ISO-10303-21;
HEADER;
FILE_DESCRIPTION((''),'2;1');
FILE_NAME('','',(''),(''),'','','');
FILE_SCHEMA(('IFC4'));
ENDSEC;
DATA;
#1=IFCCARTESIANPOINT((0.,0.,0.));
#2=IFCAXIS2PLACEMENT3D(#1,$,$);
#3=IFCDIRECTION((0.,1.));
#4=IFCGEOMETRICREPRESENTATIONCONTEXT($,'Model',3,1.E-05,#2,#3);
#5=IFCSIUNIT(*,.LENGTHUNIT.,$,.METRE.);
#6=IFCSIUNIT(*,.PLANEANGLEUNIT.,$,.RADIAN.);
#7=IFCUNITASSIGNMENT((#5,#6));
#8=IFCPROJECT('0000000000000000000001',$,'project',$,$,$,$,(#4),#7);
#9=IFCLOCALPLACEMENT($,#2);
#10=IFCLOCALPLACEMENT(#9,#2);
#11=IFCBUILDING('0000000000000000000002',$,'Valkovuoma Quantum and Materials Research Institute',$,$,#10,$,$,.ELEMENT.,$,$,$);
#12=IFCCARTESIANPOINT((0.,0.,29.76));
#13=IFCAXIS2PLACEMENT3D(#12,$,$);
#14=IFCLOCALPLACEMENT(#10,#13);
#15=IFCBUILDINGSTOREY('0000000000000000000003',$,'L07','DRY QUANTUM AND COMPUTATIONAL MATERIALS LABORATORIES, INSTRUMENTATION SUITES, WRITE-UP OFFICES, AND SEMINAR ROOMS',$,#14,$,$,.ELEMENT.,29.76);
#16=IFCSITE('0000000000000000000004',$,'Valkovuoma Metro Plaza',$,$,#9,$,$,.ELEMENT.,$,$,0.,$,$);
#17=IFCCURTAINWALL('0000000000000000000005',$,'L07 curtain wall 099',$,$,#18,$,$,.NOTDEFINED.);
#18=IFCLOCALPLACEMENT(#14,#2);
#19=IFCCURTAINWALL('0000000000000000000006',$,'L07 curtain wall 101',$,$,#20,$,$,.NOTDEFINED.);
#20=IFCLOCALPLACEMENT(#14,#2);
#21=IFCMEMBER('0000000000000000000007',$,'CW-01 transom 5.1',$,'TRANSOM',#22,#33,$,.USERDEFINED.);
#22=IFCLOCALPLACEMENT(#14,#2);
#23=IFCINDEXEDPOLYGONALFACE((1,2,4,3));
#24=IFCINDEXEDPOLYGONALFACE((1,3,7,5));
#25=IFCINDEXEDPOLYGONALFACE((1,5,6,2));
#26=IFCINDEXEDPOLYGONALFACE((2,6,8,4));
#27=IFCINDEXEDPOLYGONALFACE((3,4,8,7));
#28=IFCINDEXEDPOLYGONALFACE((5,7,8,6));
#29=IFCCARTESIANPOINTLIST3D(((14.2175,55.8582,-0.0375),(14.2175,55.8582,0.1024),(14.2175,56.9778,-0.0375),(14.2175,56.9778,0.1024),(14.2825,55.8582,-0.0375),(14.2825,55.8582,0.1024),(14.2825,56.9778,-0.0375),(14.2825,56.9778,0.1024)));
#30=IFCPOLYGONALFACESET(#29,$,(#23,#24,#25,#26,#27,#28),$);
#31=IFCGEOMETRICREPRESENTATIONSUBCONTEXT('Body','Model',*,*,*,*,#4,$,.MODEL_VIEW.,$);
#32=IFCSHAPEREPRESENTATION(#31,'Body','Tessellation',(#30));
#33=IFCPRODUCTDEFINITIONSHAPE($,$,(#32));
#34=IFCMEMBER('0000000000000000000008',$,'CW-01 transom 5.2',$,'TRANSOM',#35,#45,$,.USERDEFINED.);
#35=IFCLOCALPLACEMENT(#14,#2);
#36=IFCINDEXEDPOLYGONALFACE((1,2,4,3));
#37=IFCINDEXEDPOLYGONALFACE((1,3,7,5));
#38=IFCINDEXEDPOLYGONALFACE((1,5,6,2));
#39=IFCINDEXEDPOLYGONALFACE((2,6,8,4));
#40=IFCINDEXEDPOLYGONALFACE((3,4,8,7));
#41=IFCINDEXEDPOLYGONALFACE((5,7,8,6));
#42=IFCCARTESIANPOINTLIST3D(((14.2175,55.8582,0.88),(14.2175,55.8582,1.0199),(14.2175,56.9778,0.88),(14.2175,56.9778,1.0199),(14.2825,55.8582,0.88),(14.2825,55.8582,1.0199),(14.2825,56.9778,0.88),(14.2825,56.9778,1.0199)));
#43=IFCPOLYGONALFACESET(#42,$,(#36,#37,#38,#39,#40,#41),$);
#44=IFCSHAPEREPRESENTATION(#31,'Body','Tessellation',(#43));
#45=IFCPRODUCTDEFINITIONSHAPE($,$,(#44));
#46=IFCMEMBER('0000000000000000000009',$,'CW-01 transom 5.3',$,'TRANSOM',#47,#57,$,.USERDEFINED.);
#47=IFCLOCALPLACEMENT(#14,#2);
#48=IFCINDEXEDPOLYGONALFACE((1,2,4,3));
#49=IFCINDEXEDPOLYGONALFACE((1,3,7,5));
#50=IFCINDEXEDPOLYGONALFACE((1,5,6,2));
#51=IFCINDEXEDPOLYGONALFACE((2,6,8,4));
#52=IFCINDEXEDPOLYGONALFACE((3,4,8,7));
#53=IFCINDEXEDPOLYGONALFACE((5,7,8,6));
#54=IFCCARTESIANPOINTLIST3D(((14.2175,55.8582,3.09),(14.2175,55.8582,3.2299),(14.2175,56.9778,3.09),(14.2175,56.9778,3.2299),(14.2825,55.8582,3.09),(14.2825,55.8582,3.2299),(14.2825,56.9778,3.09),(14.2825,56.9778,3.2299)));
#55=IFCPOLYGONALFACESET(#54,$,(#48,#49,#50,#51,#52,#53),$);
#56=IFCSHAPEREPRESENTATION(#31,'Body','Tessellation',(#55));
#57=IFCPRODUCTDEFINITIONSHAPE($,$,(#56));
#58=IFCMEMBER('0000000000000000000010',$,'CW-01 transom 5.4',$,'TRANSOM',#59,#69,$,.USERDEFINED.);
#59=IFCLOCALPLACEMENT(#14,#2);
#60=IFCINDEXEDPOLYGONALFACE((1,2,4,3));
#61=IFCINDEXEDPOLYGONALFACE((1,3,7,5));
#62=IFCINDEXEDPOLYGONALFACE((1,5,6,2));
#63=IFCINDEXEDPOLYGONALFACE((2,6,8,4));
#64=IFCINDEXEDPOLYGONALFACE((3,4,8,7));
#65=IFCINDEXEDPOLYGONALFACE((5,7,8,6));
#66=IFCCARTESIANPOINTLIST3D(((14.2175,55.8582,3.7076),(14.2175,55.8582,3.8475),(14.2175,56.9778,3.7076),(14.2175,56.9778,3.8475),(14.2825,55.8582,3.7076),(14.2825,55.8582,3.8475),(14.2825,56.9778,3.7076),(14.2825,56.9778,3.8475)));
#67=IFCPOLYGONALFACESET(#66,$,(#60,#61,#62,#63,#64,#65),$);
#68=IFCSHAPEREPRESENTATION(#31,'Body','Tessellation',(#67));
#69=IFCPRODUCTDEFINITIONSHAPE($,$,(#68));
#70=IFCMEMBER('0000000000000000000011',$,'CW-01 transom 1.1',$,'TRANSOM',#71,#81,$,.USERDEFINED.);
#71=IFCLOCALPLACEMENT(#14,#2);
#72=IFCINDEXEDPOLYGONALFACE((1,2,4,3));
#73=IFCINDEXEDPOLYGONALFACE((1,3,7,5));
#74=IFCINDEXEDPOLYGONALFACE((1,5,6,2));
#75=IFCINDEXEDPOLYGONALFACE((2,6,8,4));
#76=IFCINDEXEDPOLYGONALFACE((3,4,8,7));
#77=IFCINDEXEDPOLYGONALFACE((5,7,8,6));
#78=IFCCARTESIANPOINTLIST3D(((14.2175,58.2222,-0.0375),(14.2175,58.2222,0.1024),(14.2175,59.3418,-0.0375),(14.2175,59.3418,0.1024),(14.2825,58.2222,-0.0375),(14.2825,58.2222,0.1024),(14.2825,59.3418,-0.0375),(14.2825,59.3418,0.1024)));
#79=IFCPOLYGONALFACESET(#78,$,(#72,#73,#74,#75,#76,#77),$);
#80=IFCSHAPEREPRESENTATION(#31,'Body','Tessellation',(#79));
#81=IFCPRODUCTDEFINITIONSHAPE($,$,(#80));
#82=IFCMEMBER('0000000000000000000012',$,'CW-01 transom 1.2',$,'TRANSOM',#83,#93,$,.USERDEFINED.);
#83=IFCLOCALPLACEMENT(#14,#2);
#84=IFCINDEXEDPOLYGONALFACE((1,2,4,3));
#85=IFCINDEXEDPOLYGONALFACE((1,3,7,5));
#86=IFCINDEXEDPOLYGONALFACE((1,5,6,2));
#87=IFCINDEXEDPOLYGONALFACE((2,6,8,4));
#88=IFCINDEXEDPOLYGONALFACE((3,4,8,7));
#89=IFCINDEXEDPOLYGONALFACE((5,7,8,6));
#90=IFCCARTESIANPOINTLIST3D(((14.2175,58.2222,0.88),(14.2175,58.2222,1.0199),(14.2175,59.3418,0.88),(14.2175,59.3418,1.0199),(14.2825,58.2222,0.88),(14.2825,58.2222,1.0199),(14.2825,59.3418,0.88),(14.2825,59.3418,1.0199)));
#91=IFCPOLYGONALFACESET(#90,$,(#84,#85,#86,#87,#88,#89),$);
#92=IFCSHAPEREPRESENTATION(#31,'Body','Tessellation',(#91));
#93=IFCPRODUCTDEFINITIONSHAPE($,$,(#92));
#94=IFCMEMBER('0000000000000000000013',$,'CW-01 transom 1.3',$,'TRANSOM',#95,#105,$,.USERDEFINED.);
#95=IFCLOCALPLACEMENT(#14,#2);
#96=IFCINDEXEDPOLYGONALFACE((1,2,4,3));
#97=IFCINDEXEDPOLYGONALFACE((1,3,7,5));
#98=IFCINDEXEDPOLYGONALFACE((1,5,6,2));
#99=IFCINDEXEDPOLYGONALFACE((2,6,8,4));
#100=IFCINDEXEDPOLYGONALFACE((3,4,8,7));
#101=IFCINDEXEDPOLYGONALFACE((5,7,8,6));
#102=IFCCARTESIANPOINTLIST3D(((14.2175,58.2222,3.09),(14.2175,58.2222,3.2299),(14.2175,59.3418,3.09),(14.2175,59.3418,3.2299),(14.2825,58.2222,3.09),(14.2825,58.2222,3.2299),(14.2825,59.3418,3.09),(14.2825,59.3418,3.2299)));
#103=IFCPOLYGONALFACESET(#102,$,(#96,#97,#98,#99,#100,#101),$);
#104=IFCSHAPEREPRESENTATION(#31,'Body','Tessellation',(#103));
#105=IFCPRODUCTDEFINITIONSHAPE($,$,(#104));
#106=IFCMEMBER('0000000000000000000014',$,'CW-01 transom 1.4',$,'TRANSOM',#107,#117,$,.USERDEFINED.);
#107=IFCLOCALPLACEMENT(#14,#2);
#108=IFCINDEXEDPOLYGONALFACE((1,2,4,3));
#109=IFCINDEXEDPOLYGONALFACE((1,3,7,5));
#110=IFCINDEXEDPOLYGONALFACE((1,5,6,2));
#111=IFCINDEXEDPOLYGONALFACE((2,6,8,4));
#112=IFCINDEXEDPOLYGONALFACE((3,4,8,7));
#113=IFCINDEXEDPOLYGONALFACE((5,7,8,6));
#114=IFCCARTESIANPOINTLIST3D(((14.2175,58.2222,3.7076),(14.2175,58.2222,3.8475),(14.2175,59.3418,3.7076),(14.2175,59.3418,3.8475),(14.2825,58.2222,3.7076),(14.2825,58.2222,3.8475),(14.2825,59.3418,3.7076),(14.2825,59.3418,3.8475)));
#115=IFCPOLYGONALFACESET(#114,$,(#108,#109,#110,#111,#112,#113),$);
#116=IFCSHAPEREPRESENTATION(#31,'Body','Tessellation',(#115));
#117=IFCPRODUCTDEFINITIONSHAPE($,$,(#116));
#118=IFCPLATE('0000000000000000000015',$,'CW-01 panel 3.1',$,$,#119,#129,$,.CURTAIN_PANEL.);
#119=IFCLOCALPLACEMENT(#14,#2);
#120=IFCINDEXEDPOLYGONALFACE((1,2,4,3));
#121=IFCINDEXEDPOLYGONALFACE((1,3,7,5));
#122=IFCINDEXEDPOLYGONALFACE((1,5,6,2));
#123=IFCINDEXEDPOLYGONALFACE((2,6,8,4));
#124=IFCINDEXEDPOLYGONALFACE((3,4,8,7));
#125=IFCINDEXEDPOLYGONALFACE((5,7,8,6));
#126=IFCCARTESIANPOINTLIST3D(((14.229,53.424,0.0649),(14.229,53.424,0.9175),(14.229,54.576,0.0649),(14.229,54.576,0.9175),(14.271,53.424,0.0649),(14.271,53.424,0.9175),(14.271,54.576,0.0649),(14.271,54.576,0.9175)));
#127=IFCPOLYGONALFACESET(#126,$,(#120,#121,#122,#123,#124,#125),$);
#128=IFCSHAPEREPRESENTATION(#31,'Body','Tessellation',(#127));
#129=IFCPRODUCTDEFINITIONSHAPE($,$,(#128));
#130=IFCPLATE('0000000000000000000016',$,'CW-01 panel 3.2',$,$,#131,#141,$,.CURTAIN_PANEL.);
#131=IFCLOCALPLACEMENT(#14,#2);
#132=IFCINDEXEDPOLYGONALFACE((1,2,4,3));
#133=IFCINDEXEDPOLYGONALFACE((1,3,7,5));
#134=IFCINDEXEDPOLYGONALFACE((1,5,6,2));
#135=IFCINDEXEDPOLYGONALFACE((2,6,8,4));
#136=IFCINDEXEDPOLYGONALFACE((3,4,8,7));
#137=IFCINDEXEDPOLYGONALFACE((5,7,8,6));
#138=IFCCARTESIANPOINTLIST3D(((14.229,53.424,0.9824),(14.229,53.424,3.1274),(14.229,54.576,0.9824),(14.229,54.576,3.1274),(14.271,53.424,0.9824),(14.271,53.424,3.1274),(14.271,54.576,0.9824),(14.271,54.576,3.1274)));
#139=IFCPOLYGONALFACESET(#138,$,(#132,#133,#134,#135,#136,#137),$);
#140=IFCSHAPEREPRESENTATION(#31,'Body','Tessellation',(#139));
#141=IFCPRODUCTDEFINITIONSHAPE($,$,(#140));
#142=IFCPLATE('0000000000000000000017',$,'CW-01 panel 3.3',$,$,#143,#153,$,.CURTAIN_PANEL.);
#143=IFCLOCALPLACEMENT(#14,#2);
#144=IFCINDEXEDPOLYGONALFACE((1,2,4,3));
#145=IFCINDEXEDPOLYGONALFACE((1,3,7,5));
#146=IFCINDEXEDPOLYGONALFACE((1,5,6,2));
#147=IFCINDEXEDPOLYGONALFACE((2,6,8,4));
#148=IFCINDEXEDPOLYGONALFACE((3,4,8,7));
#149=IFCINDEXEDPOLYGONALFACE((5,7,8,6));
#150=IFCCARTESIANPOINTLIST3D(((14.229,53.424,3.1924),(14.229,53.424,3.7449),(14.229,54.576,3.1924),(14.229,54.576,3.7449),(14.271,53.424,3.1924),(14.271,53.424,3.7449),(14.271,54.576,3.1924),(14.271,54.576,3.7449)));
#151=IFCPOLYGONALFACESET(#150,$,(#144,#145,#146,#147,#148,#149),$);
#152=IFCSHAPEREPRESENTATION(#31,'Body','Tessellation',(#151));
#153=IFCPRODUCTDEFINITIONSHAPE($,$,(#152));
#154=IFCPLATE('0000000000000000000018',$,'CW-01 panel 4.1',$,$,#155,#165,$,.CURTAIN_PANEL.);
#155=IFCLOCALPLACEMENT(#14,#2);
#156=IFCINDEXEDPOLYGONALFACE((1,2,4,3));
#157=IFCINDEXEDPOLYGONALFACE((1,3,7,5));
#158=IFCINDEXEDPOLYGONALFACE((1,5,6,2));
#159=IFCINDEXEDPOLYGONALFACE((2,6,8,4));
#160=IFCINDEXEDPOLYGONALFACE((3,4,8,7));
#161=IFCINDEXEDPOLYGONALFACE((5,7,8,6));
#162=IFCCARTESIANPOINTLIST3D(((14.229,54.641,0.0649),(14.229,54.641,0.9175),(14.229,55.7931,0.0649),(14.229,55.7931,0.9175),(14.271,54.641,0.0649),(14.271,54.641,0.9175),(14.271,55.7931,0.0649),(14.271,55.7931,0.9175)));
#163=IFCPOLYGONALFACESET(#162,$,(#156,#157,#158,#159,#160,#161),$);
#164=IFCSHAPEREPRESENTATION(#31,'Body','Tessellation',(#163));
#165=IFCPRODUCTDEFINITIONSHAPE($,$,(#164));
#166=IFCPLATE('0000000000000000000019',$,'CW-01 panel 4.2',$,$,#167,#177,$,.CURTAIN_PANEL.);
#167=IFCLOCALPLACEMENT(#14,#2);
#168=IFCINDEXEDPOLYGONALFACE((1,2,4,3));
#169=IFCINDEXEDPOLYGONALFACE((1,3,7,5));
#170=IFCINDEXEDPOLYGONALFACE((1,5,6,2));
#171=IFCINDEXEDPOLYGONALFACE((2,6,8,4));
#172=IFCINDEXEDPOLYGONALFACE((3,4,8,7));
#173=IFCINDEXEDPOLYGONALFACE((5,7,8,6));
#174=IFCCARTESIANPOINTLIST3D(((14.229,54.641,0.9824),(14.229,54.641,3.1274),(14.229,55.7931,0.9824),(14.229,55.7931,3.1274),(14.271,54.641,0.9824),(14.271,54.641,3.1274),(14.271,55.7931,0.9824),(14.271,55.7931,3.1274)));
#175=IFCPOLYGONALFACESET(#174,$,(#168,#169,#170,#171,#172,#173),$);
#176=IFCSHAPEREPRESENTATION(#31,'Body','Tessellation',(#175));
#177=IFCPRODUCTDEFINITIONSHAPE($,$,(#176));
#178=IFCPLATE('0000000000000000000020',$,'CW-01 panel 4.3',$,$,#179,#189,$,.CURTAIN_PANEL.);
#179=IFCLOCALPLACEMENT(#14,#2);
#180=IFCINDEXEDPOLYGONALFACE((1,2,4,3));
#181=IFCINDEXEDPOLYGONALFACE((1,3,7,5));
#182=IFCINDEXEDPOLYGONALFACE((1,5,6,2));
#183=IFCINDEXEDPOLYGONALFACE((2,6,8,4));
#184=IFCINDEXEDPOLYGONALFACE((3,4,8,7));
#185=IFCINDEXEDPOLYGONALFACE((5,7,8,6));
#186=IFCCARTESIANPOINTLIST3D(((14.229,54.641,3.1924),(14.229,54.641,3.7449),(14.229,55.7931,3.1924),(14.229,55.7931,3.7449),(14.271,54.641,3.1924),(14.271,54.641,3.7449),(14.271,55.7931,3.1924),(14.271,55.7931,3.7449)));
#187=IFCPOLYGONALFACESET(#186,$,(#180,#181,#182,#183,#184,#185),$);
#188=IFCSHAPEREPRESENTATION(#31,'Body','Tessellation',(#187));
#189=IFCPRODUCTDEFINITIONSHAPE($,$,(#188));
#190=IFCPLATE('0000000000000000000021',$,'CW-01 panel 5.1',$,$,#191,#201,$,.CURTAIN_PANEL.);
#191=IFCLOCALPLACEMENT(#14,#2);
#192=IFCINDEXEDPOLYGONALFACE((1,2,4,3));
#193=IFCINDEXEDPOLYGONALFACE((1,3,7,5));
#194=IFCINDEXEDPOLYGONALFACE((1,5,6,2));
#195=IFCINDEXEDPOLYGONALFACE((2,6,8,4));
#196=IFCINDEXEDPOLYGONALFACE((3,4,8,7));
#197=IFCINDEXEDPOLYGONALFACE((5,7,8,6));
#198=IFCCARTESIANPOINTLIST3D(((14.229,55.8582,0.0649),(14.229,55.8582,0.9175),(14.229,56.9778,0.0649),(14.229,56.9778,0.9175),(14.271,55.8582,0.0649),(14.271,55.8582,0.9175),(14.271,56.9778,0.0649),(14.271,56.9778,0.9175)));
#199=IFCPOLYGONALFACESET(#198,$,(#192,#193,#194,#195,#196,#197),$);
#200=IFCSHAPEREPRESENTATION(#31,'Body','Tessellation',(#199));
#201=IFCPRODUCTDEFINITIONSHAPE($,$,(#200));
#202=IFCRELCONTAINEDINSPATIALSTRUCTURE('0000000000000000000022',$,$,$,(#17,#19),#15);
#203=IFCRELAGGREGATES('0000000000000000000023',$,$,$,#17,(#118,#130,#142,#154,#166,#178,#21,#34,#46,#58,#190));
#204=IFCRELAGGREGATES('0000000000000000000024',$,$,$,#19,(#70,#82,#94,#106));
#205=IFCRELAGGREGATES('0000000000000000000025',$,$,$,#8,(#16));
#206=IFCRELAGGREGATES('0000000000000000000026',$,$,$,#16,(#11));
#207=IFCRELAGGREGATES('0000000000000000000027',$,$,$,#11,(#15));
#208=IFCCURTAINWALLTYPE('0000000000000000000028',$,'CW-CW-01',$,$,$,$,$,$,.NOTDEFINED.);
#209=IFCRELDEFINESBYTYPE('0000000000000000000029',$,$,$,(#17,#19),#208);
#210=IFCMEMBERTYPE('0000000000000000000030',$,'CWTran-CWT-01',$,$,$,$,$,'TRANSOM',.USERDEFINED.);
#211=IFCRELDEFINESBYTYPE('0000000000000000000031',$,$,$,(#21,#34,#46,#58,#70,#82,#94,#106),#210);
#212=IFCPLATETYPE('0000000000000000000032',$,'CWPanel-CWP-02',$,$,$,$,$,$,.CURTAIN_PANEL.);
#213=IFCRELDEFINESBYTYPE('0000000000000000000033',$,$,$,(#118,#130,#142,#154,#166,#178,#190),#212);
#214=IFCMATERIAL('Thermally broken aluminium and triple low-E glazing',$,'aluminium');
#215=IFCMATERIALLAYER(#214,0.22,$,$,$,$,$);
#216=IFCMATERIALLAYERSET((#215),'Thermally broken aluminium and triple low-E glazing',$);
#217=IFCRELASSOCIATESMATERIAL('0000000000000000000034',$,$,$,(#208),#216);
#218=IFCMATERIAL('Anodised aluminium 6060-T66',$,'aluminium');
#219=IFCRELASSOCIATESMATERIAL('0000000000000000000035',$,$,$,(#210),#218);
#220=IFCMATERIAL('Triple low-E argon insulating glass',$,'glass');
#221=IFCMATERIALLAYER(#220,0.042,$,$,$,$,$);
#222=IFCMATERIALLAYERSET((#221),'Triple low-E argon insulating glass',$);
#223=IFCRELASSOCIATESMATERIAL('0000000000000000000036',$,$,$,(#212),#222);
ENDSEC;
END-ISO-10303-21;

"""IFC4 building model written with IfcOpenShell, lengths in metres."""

from ifc_helpers import new_model, si_unit, direction, frame, origin, origin_2d, place, context, subcontext, project, spatial, rectangle, extrude, material, layer, layer_set, material_profile, profile_set, type_object, element, aggregate, save


model = new_model("IFC4")

# Units and contexts
model_context = context("Model", 3, precision=1e-05, world=origin(), true_north=direction((0.0, 1.0)))
body_context = subcontext(model_context, "Body", "Model", "MODEL_VIEW")
ifc_project = project(units=[si_unit("LENGTHUNIT", "METRE"), si_unit("PLANEANGLEUNIT", "RADIAN")], contexts=[model_context])

# Site, building, storey
site_placement = place(None, origin())
site = spatial("IfcSite", under=ifc_project, at=site_placement, Name="Valkovuoma Metro Plaza", CompositionType="ELEMENT", RefElevation=0.0)
building_placement = place(site_placement, origin())
building = spatial("IfcBuilding", under=site, at=building_placement, Name="Valkovuoma Quantum and Materials Research Institute", CompositionType="ELEMENT")
storey_placement = place(building_placement, frame((0.0, 0.0, 29.76)))
storey = spatial("IfcBuildingStorey", under=building, at=storey_placement, Name="L07", Description="DRY QUANTUM AND COMPUTATIONAL MATERIALS LABORATORIES, INSTRUMENTATION SUITES, WRITE-UP OFFICES, AND SEMINAR ROOMS", CompositionType="ELEMENT", Elevation=29.76)

# Curtain wall
ifc_material_1 = material(Name="Thermally broken aluminium and triple low-E glazing", Category="aluminium")
ifc_layer_1 = layer(ifc_material_1, 0.22)
ifc_layer_set_1 = layer_set([ifc_layer_1], Name="Thermally broken aluminium and triple low-E glazing")
curtain_wall_type = type_object("IfcCurtainWallType", Name="CW-CW-01", PredefinedType="NOTDEFINED", material=ifc_layer_set_1)
curtain_wall_1_placement = place(storey_placement, origin())
curtain_wall_1 = element("IfcCurtainWall", 1, at=curtain_wall_1_placement, inside=storey, type_object=curtain_wall_type, Name="L07 curtain wall 099", PredefinedType="NOTDEFINED")

# Curtain wall
curtain_wall_2_placement = place(storey_placement, origin())
curtain_wall_2 = element("IfcCurtainWall", 2, at=curtain_wall_2_placement, inside=storey, type_object=curtain_wall_type, Name="L07 curtain wall 101", PredefinedType="NOTDEFINED")

# Members
ifc_material_2 = material(Name="Anodised aluminium 6060-T66", Category="aluminium")
ifc_material_profile_1 = material_profile(ifc_material_2, rectangle(XDim=0.0649, YDim=0.1399, at=origin_2d()), Name="Anodised aluminium 6060-T66")
ifc_profile_set_1 = profile_set([ifc_material_profile_1], Name="Anodised aluminium 6060-T66")
member_type_1 = type_object("IfcMemberType", Name="CWTran-CWT-01", ElementType="TRANSOM", PredefinedType="USERDEFINED", material=ifc_profile_set_1)
member_1_placement = place(storey_placement, frame((14.25, 55.8582, 0.0325), z_axis=(0.0, 1.0, 0.0), x_axis=(-1.0, 0.0, 0.0)))
member_1 = element("IfcMember", 3, at=member_1_placement, type_object=member_type_1, Name="CW-01 transom 5.1", ObjectType="TRANSOM", PredefinedType="USERDEFINED", context=body_context, shape_type="SweptSolid", body=[
    extrude(rectangle(XDim=0.0649, YDim=0.1399, at=origin_2d()), origin(), (0.0, 0.0, 1.0), 1.1196),
])
member_2_placement = place(storey_placement, frame((14.25, 55.8582, 0.95), z_axis=(0.0, 1.0, 0.0), x_axis=(-1.0, 0.0, 0.0)))
member_2 = element("IfcMember", 4, at=member_2_placement, type_object=member_type_1, Name="CW-01 transom 5.2", ObjectType="TRANSOM", PredefinedType="USERDEFINED", context=body_context, shape_type="SweptSolid", body=[
    extrude(rectangle(XDim=0.0649, YDim=0.1399, at=origin_2d()), origin(), (0.0, 0.0, 1.0), 1.1196),
])
member_3_placement = place(storey_placement, frame((14.25, 55.8582, 3.1599), z_axis=(0.0, 1.0, 0.0), x_axis=(-1.0, 0.0, 0.0)))
member_3 = element("IfcMember", 5, at=member_3_placement, type_object=member_type_1, Name="CW-01 transom 5.3", ObjectType="TRANSOM", PredefinedType="USERDEFINED", context=body_context, shape_type="SweptSolid", body=[
    extrude(rectangle(XDim=0.0649, YDim=0.1399, at=origin_2d()), origin(), (0.0, 0.0, 1.0), 1.1196),
])
member_4_placement = place(storey_placement, frame((14.25, 55.8582, 3.7776), z_axis=(0.0, 1.0, 0.0), x_axis=(-1.0, 0.0, 0.0)))
member_4 = element("IfcMember", 6, at=member_4_placement, type_object=member_type_1, Name="CW-01 transom 5.4", ObjectType="TRANSOM", PredefinedType="USERDEFINED", context=body_context, shape_type="SweptSolid", body=[
    extrude(rectangle(XDim=0.0649, YDim=0.1399, at=origin_2d()), origin(), (0.0, 0.0, 1.0), 1.1196),
])
member_5_placement = place(storey_placement, frame((14.25, 58.2222, 0.0325), z_axis=(0.0, 1.0, 0.0), x_axis=(-1.0, 0.0, 0.0)))
member_5 = element("IfcMember", 7, at=member_5_placement, type_object=member_type_1, Name="CW-01 transom 1.1", ObjectType="TRANSOM", PredefinedType="USERDEFINED", context=body_context, shape_type="SweptSolid", body=[
    extrude(rectangle(XDim=0.0649, YDim=0.1399, at=origin_2d()), origin(), (0.0, 0.0, 1.0), 1.1196),
])
member_6_placement = place(storey_placement, frame((14.25, 58.2222, 0.95), z_axis=(0.0, 1.0, 0.0), x_axis=(-1.0, 0.0, 0.0)))
member_6 = element("IfcMember", 8, at=member_6_placement, type_object=member_type_1, Name="CW-01 transom 1.2", ObjectType="TRANSOM", PredefinedType="USERDEFINED", context=body_context, shape_type="SweptSolid", body=[
    extrude(rectangle(XDim=0.0649, YDim=0.1399, at=origin_2d()), origin(), (0.0, 0.0, 1.0), 1.1196),
])
member_7_placement = place(storey_placement, frame((14.25, 58.2222, 3.1599), z_axis=(0.0, 1.0, 0.0), x_axis=(-1.0, 0.0, 0.0)))
member_7 = element("IfcMember", 9, at=member_7_placement, type_object=member_type_1, Name="CW-01 transom 1.3", ObjectType="TRANSOM", PredefinedType="USERDEFINED", context=body_context, shape_type="SweptSolid", body=[
    extrude(rectangle(XDim=0.0649, YDim=0.1399, at=origin_2d()), origin(), (0.0, 0.0, 1.0), 1.1196),
])
member_8_placement = place(storey_placement, frame((14.25, 58.2222, 3.7776), z_axis=(0.0, 1.0, 0.0), x_axis=(-1.0, 0.0, 0.0)))
member_8 = element("IfcMember", 10, at=member_8_placement, type_object=member_type_1, Name="CW-01 transom 1.4", ObjectType="TRANSOM", PredefinedType="USERDEFINED", context=body_context, shape_type="SweptSolid", body=[
    extrude(rectangle(XDim=0.0649, YDim=0.1399, at=origin_2d()), origin(), (0.0, 0.0, 1.0), 1.1196),
])

# Plates
ifc_material_3 = material(Name="Triple low-E argon insulating glass", Category="glass")
ifc_layer_2 = layer(ifc_material_3, 0.042)
ifc_layer_set_2 = layer_set([ifc_layer_2], Name="Triple low-E argon insulating glass")
plate_type = type_object("IfcPlateType", Name="CWPanel-CWP-02", PredefinedType="CURTAIN_PANEL", material=ifc_layer_set_2)
plate_1_placement = place(storey_placement, frame((14.25, 54.0, 0.0649), z_axis=(0.0, 0.0, 1.0), x_axis=(0.0, 1.0, 0.0)))
plate_1 = element("IfcPlate", 11, at=plate_1_placement, type_object=plate_type, Name="CW-01 panel 3.1", PredefinedType="CURTAIN_PANEL", context=body_context, shape_type="SweptSolid", body=[
    extrude(rectangle(XDim=1.1521, YDim=0.042, at=origin_2d()), origin(), (0.0, 0.0, 1.0), 0.8525),
])
plate_2_placement = place(storey_placement, frame((14.25, 54.0, 0.9824), z_axis=(0.0, 0.0, 1.0), x_axis=(0.0, 1.0, 0.0)))
plate_2 = element("IfcPlate", 12, at=plate_2_placement, type_object=plate_type, Name="CW-01 panel 3.2", PredefinedType="CURTAIN_PANEL", context=body_context, shape_type="SweptSolid", body=[
    extrude(rectangle(XDim=1.1521, YDim=0.042, at=origin_2d()), origin(), (0.0, 0.0, 1.0), 2.145),
])
plate_3_placement = place(storey_placement, frame((14.25, 54.0, 3.1924), z_axis=(0.0, 0.0, 1.0), x_axis=(0.0, 1.0, 0.0)))
plate_3 = element("IfcPlate", 13, at=plate_3_placement, type_object=plate_type, Name="CW-01 panel 3.3", PredefinedType="CURTAIN_PANEL", context=body_context, shape_type="SweptSolid", body=[
    extrude(rectangle(XDim=1.1521, YDim=0.042, at=origin_2d()), origin(), (0.0, 0.0, 1.0), 0.5525),
])
plate_4_placement = place(storey_placement, frame((14.25, 55.217, 0.0649), z_axis=(0.0, 0.0, 1.0), x_axis=(0.0, 1.0, 0.0)))
plate_4 = element("IfcPlate", 14, at=plate_4_placement, type_object=plate_type, Name="CW-01 panel 4.1", PredefinedType="CURTAIN_PANEL", context=body_context, shape_type="SweptSolid", body=[
    extrude(rectangle(XDim=1.1521, YDim=0.042, at=origin_2d()), origin(), (0.0, 0.0, 1.0), 0.8525),
])
plate_5_placement = place(storey_placement, frame((14.25, 55.217, 0.9824), z_axis=(0.0, 0.0, 1.0), x_axis=(0.0, 1.0, 0.0)))
plate_5 = element("IfcPlate", 15, at=plate_5_placement, type_object=plate_type, Name="CW-01 panel 4.2", PredefinedType="CURTAIN_PANEL", context=body_context, shape_type="SweptSolid", body=[
    extrude(rectangle(XDim=1.1521, YDim=0.042, at=origin_2d()), origin(), (0.0, 0.0, 1.0), 2.145),
])
plate_6_placement = place(storey_placement, frame((14.25, 55.217, 3.1924), z_axis=(0.0, 0.0, 1.0), x_axis=(0.0, 1.0, 0.0)))
plate_6 = element("IfcPlate", 16, at=plate_6_placement, type_object=plate_type, Name="CW-01 panel 4.3", PredefinedType="CURTAIN_PANEL", context=body_context, shape_type="SweptSolid", body=[
    extrude(rectangle(XDim=1.1521, YDim=0.042, at=origin_2d()), origin(), (0.0, 0.0, 1.0), 0.5525),
])
plate_7_placement = place(storey_placement, frame((14.25, 56.418, 0.0649), z_axis=(0.0, 0.0, 1.0), x_axis=(0.0, 1.0, 0.0)))
plate_7 = element("IfcPlate", 17, at=plate_7_placement, type_object=plate_type, Name="CW-01 panel 5.1", PredefinedType="CURTAIN_PANEL", context=body_context, shape_type="SweptSolid", body=[
    extrude(rectangle(XDim=1.1196, YDim=0.042, at=origin_2d()), origin(), (0.0, 0.0, 1.0), 0.8525),
])
aggregate(curtain_wall_1, [plate_1, plate_2, plate_3, plate_4, plate_5, plate_6, member_1, member_2, member_3, member_4, plate_7])
aggregate(curtain_wall_2, [member_5, member_6, member_7, member_8])

save(model, "model.ifc")
